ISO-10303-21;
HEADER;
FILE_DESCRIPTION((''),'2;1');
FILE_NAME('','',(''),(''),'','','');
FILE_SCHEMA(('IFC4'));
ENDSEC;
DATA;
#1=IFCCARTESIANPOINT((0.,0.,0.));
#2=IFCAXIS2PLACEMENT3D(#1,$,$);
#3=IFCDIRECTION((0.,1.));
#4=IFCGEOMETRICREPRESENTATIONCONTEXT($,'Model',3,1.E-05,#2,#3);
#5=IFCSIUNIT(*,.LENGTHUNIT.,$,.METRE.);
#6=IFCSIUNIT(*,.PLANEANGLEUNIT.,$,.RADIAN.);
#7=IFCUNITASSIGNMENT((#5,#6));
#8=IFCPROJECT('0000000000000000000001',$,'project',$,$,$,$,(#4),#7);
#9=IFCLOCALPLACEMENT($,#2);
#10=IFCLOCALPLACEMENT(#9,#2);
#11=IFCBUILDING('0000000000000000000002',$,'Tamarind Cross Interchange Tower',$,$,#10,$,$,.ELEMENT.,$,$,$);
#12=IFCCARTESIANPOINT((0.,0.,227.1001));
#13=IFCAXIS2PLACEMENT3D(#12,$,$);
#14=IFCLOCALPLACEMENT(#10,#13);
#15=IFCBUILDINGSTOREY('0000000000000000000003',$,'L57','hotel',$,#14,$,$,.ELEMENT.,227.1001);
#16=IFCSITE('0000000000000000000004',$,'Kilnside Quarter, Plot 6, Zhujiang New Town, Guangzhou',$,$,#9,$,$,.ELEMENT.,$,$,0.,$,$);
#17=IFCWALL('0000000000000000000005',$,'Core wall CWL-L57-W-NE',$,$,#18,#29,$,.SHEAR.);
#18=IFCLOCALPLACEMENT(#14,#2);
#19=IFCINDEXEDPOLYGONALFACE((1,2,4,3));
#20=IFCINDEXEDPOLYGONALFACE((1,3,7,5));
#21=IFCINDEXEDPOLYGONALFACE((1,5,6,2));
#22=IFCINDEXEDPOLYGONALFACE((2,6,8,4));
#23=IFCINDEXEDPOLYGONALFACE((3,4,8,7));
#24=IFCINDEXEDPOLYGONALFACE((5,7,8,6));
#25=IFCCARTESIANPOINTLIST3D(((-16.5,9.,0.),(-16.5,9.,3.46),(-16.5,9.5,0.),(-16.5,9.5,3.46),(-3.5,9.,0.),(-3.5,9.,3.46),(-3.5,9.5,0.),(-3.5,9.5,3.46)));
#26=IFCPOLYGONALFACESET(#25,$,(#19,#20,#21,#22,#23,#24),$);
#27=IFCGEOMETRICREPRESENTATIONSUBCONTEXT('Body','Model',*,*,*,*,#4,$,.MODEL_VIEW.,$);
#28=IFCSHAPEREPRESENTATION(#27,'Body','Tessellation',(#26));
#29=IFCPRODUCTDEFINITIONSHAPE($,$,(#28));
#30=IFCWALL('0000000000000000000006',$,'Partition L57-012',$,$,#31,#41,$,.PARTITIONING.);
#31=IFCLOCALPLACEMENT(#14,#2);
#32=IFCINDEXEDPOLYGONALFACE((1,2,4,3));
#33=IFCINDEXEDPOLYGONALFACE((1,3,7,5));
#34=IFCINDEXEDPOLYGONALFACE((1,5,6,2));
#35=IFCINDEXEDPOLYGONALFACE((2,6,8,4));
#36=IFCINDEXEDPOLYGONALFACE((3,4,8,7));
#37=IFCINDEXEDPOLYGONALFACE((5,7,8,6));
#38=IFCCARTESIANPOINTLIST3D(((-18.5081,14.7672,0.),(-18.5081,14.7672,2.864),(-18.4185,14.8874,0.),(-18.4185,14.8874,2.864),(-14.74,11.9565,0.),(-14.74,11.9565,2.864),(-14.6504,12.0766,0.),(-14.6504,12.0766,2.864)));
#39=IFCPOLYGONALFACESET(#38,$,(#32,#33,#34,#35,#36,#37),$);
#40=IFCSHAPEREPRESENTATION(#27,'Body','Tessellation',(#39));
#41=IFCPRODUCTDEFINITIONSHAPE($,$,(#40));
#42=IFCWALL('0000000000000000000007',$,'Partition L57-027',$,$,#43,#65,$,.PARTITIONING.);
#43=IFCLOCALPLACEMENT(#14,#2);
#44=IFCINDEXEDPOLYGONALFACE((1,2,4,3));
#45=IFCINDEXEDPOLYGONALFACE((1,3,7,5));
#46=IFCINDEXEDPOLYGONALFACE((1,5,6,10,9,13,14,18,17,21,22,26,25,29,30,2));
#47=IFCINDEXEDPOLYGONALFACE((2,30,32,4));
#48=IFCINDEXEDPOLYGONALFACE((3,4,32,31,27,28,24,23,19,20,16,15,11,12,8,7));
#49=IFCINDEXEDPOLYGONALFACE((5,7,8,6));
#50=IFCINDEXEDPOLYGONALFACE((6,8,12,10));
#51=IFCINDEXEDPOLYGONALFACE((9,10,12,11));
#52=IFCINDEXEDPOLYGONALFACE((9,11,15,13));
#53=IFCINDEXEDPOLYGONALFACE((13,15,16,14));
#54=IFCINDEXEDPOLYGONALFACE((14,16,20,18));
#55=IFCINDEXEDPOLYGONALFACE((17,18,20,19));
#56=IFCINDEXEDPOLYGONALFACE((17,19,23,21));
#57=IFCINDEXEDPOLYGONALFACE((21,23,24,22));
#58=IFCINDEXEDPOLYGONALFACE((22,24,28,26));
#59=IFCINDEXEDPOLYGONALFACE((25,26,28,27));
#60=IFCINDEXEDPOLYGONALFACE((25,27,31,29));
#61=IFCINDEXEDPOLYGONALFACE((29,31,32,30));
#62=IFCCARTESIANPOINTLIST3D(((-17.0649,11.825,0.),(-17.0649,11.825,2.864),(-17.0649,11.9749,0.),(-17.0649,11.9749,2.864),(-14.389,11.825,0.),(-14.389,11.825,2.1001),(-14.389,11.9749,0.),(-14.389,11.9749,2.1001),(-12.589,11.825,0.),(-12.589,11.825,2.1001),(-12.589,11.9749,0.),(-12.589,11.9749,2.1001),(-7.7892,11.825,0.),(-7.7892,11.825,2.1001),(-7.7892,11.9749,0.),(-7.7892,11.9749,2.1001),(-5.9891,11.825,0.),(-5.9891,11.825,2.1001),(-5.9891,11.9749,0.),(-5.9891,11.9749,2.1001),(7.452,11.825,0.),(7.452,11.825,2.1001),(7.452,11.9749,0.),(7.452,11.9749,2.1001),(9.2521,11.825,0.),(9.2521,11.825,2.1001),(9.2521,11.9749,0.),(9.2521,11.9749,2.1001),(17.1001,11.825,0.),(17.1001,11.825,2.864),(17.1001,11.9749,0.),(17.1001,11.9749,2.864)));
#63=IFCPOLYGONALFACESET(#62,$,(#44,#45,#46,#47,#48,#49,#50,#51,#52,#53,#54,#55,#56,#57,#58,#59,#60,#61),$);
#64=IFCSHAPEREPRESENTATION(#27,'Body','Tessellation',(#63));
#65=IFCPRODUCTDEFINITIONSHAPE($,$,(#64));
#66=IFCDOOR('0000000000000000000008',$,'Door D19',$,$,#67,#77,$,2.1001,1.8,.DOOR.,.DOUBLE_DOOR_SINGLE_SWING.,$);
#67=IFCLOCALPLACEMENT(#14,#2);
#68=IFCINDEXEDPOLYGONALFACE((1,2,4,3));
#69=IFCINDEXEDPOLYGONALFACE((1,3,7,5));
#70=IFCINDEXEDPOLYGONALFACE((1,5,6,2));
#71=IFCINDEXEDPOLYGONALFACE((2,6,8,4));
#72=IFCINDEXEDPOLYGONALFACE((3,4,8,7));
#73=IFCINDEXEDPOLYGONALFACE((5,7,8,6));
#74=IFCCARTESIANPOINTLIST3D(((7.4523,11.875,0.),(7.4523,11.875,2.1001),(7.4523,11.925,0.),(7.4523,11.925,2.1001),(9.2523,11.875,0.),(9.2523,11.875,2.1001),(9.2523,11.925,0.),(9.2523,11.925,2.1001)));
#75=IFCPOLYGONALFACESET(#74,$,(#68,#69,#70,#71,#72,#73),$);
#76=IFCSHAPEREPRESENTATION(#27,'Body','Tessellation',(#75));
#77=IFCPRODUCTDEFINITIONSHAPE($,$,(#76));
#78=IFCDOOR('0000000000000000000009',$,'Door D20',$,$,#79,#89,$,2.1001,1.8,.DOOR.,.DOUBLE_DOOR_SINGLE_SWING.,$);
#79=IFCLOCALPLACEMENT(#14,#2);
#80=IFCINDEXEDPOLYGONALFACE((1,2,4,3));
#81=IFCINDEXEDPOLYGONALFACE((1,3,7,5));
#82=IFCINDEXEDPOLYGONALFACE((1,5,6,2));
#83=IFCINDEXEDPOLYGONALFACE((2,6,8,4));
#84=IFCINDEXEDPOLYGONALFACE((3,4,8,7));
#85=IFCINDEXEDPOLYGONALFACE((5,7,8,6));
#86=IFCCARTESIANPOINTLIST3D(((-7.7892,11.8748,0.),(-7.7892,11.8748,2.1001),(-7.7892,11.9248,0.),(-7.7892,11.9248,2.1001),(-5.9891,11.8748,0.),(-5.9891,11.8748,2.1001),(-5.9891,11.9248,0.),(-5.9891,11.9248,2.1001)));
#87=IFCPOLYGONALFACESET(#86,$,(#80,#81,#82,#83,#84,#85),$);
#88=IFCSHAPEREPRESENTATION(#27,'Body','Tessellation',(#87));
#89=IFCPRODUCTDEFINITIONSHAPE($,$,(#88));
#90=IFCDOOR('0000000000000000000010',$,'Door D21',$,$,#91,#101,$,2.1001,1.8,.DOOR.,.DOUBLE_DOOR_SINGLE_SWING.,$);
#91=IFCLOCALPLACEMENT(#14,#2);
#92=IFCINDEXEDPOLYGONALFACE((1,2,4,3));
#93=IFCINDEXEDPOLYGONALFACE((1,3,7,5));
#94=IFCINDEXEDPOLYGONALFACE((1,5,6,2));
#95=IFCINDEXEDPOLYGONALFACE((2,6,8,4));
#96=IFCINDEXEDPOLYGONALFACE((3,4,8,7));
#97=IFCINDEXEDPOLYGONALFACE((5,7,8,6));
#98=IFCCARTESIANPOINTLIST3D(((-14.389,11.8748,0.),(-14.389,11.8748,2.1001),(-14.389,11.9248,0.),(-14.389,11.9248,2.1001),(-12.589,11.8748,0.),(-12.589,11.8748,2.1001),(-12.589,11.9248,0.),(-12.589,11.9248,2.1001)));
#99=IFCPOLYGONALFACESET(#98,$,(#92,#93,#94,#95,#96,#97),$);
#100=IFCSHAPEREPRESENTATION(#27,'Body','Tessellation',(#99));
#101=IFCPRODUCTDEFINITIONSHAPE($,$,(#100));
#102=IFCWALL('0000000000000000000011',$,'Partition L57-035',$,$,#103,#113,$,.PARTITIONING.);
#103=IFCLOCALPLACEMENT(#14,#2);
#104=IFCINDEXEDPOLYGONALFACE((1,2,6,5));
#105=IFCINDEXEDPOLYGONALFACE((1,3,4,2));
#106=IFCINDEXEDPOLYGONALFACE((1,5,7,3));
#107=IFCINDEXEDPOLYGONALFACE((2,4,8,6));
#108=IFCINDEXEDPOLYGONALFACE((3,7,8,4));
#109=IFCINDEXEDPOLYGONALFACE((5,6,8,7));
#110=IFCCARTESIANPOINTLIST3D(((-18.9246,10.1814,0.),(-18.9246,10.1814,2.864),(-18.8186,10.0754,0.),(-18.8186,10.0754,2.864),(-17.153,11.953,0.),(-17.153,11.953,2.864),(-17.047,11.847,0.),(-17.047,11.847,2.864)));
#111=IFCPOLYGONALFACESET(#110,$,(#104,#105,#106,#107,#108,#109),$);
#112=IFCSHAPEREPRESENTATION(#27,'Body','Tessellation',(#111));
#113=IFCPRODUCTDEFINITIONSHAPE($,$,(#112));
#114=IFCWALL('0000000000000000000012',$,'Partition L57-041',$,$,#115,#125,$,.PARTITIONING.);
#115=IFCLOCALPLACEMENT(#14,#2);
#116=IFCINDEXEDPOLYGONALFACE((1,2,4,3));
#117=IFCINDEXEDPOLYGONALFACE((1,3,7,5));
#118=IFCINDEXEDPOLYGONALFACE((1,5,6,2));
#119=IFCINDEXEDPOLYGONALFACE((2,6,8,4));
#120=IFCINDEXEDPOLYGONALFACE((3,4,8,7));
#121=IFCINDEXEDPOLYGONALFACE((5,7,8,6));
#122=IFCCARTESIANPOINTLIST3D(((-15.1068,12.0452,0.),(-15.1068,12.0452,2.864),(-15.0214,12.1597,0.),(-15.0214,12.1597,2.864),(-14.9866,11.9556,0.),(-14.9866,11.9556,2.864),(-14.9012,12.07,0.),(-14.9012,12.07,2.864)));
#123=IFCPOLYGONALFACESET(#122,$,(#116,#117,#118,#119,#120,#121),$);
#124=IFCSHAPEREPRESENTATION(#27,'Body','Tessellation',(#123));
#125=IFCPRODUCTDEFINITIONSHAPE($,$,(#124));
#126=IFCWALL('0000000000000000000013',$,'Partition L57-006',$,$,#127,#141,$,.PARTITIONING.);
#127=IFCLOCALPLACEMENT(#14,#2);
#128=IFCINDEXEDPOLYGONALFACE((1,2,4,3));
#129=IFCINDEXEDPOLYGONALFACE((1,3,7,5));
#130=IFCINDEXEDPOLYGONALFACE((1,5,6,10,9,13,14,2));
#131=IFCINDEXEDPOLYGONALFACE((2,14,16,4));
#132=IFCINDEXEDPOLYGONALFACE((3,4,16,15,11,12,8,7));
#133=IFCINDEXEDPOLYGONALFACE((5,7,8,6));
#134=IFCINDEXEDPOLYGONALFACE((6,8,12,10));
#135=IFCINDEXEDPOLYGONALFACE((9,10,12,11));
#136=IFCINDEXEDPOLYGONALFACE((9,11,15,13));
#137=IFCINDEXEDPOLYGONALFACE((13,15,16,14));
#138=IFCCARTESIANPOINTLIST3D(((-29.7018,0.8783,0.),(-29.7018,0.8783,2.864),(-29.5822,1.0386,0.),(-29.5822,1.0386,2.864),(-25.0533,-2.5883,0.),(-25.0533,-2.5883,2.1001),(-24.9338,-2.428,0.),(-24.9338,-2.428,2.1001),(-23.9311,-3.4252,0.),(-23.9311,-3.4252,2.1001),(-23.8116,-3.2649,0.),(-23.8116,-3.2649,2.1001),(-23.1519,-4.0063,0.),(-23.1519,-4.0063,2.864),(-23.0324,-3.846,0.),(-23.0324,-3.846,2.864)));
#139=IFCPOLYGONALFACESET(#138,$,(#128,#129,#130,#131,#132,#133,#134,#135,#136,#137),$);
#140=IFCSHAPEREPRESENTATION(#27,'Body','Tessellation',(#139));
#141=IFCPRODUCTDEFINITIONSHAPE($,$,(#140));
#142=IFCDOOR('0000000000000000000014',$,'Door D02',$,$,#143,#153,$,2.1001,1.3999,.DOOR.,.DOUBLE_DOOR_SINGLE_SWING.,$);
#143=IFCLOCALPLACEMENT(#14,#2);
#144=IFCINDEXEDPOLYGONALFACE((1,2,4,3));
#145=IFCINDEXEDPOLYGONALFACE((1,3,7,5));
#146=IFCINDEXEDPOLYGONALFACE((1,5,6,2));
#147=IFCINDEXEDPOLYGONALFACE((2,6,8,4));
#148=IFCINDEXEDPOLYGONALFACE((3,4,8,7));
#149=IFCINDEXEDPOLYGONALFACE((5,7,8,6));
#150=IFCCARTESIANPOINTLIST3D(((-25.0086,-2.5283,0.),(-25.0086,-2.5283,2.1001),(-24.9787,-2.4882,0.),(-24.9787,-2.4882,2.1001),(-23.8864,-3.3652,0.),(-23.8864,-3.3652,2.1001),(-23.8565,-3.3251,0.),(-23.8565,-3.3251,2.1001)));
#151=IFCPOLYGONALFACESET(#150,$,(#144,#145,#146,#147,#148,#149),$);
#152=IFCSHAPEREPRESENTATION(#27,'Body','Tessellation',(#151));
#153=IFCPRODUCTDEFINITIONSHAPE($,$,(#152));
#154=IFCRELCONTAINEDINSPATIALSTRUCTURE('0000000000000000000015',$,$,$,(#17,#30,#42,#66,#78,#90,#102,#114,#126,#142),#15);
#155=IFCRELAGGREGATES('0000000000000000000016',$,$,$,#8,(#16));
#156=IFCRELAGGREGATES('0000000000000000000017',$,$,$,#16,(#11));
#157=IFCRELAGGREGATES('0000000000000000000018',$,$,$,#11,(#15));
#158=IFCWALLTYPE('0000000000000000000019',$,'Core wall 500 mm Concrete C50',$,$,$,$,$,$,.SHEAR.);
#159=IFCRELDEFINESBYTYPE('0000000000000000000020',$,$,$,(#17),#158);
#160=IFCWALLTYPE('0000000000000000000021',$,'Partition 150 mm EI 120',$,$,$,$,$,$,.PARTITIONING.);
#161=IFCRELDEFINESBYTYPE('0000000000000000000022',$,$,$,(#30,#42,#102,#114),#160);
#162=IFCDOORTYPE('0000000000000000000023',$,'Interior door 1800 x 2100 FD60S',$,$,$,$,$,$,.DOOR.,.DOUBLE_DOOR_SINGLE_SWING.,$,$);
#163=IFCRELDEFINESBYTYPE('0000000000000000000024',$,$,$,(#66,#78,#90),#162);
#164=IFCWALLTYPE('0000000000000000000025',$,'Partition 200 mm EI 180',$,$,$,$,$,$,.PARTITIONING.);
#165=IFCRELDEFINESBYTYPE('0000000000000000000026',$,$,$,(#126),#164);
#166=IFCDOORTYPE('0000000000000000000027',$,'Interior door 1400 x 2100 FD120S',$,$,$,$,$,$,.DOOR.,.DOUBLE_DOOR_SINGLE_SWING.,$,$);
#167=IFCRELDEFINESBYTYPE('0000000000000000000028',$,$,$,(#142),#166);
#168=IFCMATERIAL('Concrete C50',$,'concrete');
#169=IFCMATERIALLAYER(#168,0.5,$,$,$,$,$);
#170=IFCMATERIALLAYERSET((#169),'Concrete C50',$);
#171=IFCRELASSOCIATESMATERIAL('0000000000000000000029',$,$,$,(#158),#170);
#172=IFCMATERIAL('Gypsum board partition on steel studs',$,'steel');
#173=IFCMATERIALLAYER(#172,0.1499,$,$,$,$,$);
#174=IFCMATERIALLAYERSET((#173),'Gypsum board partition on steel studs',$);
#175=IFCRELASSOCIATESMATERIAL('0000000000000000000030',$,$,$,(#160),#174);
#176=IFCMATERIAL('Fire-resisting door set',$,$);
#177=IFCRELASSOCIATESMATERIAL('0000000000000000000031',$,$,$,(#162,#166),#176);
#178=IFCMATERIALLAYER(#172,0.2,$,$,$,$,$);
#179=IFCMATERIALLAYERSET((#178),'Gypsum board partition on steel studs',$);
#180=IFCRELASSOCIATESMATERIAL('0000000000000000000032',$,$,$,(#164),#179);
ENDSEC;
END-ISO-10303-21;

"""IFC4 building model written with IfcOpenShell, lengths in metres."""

from ifc_helpers import new_model, si_unit, direction, frame, frame_2d, origin, place, context, subcontext, project, spatial, rectangle, extrude, material, layer, layer_set, type_object, element, fill, save


model = new_model("IFC4")

# Units and contexts
model_context = context("Model", 3, precision=1e-05, world=origin(), true_north=direction((0.0, 1.0)))
body_context = subcontext(model_context, "Body", "Model", "MODEL_VIEW")
ifc_project = project(units=[si_unit("LENGTHUNIT", "METRE"), si_unit("PLANEANGLEUNIT", "RADIAN")], contexts=[model_context])

# Site, building, storey
site_placement = place(None, origin())
site = spatial("IfcSite", under=ifc_project, at=site_placement, Name="Kilnside Quarter, Plot 6, Zhujiang New Town, Guangzhou", CompositionType="ELEMENT", RefElevation=0.0)
building_placement = place(site_placement, origin())
building = spatial("IfcBuilding", under=site, at=building_placement, Name="Tamarind Cross Interchange Tower", CompositionType="ELEMENT")
storey_placement = place(building_placement, frame((0.0, 0.0, 227.1001)))
storey = spatial("IfcBuildingStorey", under=building, at=storey_placement, Name="L57", Description="hotel", CompositionType="ELEMENT", Elevation=227.1001)

# Shared definitions
ifc_material_1 = material(Name="Concrete C50", Category="concrete")

# Walls
ifc_layer_1 = layer(ifc_material_1, 0.5)
ifc_layer_set_1 = layer_set([ifc_layer_1], Name="Concrete C50")
wall_type_1 = type_object("IfcWallType", Name="Core wall 500 mm Concrete C50", PredefinedType="SHEAR", material=ifc_layer_set_1)
wall_1_placement = place(storey_placement, frame((-16.5, 9.25, 0.0), z_axis=(0.0, 0.0, 1.0), x_axis=(1.0, 0.0, 0.0)))
element("IfcWall", 1, at=wall_1_placement, inside=storey, type_object=wall_type_1, Name="Core wall CWL-L57-W-NE", PredefinedType="SHEAR", context=body_context, shape_type="SweptSolid", body=[
    extrude(rectangle(XDim=13.0, YDim=0.5, at=frame_2d((6.5, 0.0))), origin(), (0.0, 0.0, 1.0), 3.46),
])
ifc_material_2 = material(Name="Gypsum board partition on steel studs", Category="steel")
ifc_layer_2 = layer(ifc_material_2, 0.1499)
ifc_layer_set_2 = layer_set([ifc_layer_2], Name="Gypsum board partition on steel studs")
wall_type_2 = type_object("IfcWallType", Name="Partition 150 mm EI 120", PredefinedType="PARTITIONING", material=ifc_layer_set_2)
wall_2_placement = place(storey_placement, frame((-18.4634, 14.8274, 0.0), z_axis=(0.0, 0.0, 1.0), x_axis=(0.801555, -0.597921, 0.0)))
element("IfcWall", 2, at=wall_2_placement, inside=storey, type_object=wall_type_2, Name="Partition L57-012", PredefinedType="PARTITIONING", context=body_context, shape_type="SweptSolid", body=[
    extrude(rectangle(XDim=4.7009, YDim=0.1499, at=frame_2d((2.3506, 0.0))), origin(), (0.0, 0.0, 1.0), 2.864),
])

# Wall, openings, doors
wall_3_placement = place(storey_placement, frame((-17.0649, 11.8999, 0.0), z_axis=(0.0, 0.0, 1.0), x_axis=(1.0, 0.0, 0.0)))
wall_3 = element("IfcWall", 3, at=wall_3_placement, inside=storey, type_object=wall_type_2, Name="Partition L57-027", PredefinedType="PARTITIONING", context=body_context, shape_type="SweptSolid", body=[
    extrude(rectangle(XDim=34.165, YDim=0.1499, at=frame_2d((17.0825, 0.0))), origin(), (0.0, 0.0, 1.0), 2.864),
])
opening_1_placement = place(wall_3_placement, frame((24.5171, 0.0, 0.0)))
opening_1 = element("IfcOpeningElement", 4, at=opening_1_placement, cuts=wall_3, PredefinedType="OPENING", context=body_context, shape_type="SweptSolid", body=[
    extrude(rectangle(XDim=1.8, YDim=2.1001, at=frame_2d((0.8999, 1.05))), frame((0.0, 0.085, 0.0), z_axis=(0.0, -1.0, 0.0), x_axis=(1.0, 0.0, 0.0)), (0.0, 0.0, 1.0), 0.1699),
])
opening_2_placement = place(wall_3_placement, frame((9.2759, 0.0, 0.0)))
opening_2 = element("IfcOpeningElement", 5, at=opening_2_placement, cuts=wall_3, PredefinedType="OPENING", context=body_context, shape_type="SweptSolid", body=[
    extrude(rectangle(XDim=1.8, YDim=2.1001, at=frame_2d((0.8999, 1.05))), frame((0.0, 0.085, 0.0), z_axis=(0.0, -1.0, 0.0), x_axis=(1.0, 0.0, 0.0)), (0.0, 0.0, 1.0), 0.1699),
])
opening_3_placement = place(wall_3_placement, frame((2.676, 0.0, 0.0)))
opening_3 = element("IfcOpeningElement", 6, at=opening_3_placement, cuts=wall_3, PredefinedType="OPENING", context=body_context, shape_type="SweptSolid", body=[
    extrude(rectangle(XDim=1.8, YDim=2.1001, at=frame_2d((0.8999, 1.05))), frame((0.0, 0.085, 0.0), z_axis=(0.0, -1.0, 0.0), x_axis=(1.0, 0.0, 0.0)), (0.0, 0.0, 1.0), 0.1699),
])
ifc_material_3 = material(Name="Fire-resisting door set")
door_type_1 = type_object("IfcDoorType", Name="Interior door 1800 x 2100 FD60S", OperationType="DOUBLE_DOOR_SINGLE_SWING", PredefinedType="DOOR", material=ifc_material_3)
door_1_placement = place(opening_1_placement, frame((1.8, 0.0, 0.0), z_axis=(0.0, 0.0, 1.0), x_axis=(-1.0, 0.0, 0.0)))
door_1 = element("IfcDoor", 7, at=door_1_placement, inside=storey, type_object=door_type_1, Name="Door D19", OperationType="DOUBLE_DOOR_SINGLE_SWING", OverallHeight=2.1001, OverallWidth=1.8, PredefinedType="DOOR", context=body_context, shape_type="SweptSolid", body=[
    extrude(rectangle(XDim=1.8, YDim=2.1001, at=frame_2d((0.8999, 1.05))), frame((0.0, 0.0249, 0.0), z_axis=(0.0, -1.0, 0.0), x_axis=(1.0, 0.0, 0.0)), (0.0, 0.0, 1.0), 0.05),
])
fill(opening_1, door_1)
door_2_placement = place(opening_2_placement, origin())
door_2 = element("IfcDoor", 8, at=door_2_placement, inside=storey, type_object=door_type_1, Name="Door D20", OperationType="DOUBLE_DOOR_SINGLE_SWING", OverallHeight=2.1001, OverallWidth=1.8, PredefinedType="DOOR", context=body_context, shape_type="SweptSolid", body=[
    extrude(rectangle(XDim=1.8, YDim=2.1001, at=frame_2d((0.8999, 1.05))), frame((0.0, 0.0249, 0.0), z_axis=(0.0, -1.0, 0.0), x_axis=(1.0, 0.0, 0.0)), (0.0, 0.0, 1.0), 0.05),
])
fill(opening_2, door_2)
door_3_placement = place(opening_3_placement, origin())
door_3 = element("IfcDoor", 9, at=door_3_placement, inside=storey, type_object=door_type_1, Name="Door D21", OperationType="DOUBLE_DOOR_SINGLE_SWING", OverallHeight=2.1001, OverallWidth=1.8, PredefinedType="DOOR", context=body_context, shape_type="SweptSolid", body=[
    extrude(rectangle(XDim=1.8, YDim=2.1001, at=frame_2d((0.8999, 1.05))), frame((0.0, 0.0249, 0.0), z_axis=(0.0, -1.0, 0.0), x_axis=(1.0, 0.0, 0.0)), (0.0, 0.0, 1.0), 0.05),
])
fill(opening_3, door_3)

# Walls
wall_4_placement = place(storey_placement, frame((-18.8716, 10.1284, 0.0), z_axis=(0.0, 0.0, 1.0), x_axis=(0.707107, 0.707107, 0.0)))
element("IfcWall", 10, at=wall_4_placement, inside=storey, type_object=wall_type_2, Name="Partition L57-035", PredefinedType="PARTITIONING", context=body_context, shape_type="SweptSolid", body=[
    extrude(rectangle(XDim=2.5054, YDim=0.1499, at=frame_2d((1.2527, 0.0))), origin(), (0.0, 0.0, 1.0), 2.864),
])
wall_5_placement = place(storey_placement, frame((-15.0466, 12.0005, 0.0), z_axis=(0.0, 0.0, 1.0), x_axis=(0.598084, 0.801433, 0.0)))
element("IfcWall", 11, at=wall_5_placement, inside=storey, type_object=wall_type_2, Name="Partition L57-041", PredefinedType="PARTITIONING", context=body_context, shape_type="SweptSolid", body=[
    extrude(rectangle(XDim=0.1428, YDim=0.1499, at=frame_2d((0.0713, 0.0))), origin(), (0.0, 0.0, 1.0), 2.864),
])

# Wall, opening, door
ifc_layer_3 = layer(ifc_material_2, 0.2)
ifc_layer_set_3 = layer_set([ifc_layer_3], Name="Gypsum board partition on steel studs")
wall_type_3 = type_object("IfcWallType", Name="Partition 200 mm EI 180", PredefinedType="PARTITIONING", material=ifc_layer_set_3)
wall_6_placement = place(storey_placement, frame((-29.6421, 0.9585, 0.0), z_axis=(0.0, 0.0, 1.0), x_axis=(0.801632, -0.597818, 0.0)))
wall_6 = element("IfcWall", 12, at=wall_6_placement, inside=storey, type_object=wall_type_3, Name="Partition L57-006", PredefinedType="PARTITIONING", context=body_context, shape_type="SweptSolid", body=[
    extrude(rectangle(XDim=8.1707, YDim=0.2, at=frame_2d((4.0854, 0.0))), origin(), (0.0, 0.0, 1.0), 2.864),
])
opening_4_placement = place(wall_6_placement, frame((5.7988, 0.0, 0.0)))
opening_4 = element("IfcOpeningElement", 13, at=opening_4_placement, cuts=wall_6, PredefinedType="OPENING", context=body_context, shape_type="SweptSolid", body=[
    extrude(rectangle(XDim=1.3999, YDim=2.1001, at=frame_2d((0.7, 1.05))), frame((0.0, 0.1099, 0.0), z_axis=(0.0, -1.0, 0.0), x_axis=(1.0, 0.0, 0.0)), (0.0, 0.0, 1.0), 0.22),
])
door_type_2 = type_object("IfcDoorType", Name="Interior door 1400 x 2100 FD120S", OperationType="DOUBLE_DOOR_SINGLE_SWING", PredefinedType="DOOR", material=ifc_material_3)
door_4_placement = place(opening_4_placement, origin())
door_4 = element("IfcDoor", 14, at=door_4_placement, inside=storey, type_object=door_type_2, Name="Door D02", OperationType="DOUBLE_DOOR_SINGLE_SWING", OverallHeight=2.1001, OverallWidth=1.3999, PredefinedType="DOOR", context=body_context, shape_type="SweptSolid", body=[
    extrude(rectangle(XDim=1.3999, YDim=2.1001, at=frame_2d((0.7, 1.05))), frame((0.0, 0.0249, 0.0), z_axis=(0.0, -1.0, 0.0), x_axis=(1.0, 0.0, 0.0)), (0.0, 0.0, 1.0), 0.05),
])
fill(opening_4, door_4)

save(model, "model.ifc")
